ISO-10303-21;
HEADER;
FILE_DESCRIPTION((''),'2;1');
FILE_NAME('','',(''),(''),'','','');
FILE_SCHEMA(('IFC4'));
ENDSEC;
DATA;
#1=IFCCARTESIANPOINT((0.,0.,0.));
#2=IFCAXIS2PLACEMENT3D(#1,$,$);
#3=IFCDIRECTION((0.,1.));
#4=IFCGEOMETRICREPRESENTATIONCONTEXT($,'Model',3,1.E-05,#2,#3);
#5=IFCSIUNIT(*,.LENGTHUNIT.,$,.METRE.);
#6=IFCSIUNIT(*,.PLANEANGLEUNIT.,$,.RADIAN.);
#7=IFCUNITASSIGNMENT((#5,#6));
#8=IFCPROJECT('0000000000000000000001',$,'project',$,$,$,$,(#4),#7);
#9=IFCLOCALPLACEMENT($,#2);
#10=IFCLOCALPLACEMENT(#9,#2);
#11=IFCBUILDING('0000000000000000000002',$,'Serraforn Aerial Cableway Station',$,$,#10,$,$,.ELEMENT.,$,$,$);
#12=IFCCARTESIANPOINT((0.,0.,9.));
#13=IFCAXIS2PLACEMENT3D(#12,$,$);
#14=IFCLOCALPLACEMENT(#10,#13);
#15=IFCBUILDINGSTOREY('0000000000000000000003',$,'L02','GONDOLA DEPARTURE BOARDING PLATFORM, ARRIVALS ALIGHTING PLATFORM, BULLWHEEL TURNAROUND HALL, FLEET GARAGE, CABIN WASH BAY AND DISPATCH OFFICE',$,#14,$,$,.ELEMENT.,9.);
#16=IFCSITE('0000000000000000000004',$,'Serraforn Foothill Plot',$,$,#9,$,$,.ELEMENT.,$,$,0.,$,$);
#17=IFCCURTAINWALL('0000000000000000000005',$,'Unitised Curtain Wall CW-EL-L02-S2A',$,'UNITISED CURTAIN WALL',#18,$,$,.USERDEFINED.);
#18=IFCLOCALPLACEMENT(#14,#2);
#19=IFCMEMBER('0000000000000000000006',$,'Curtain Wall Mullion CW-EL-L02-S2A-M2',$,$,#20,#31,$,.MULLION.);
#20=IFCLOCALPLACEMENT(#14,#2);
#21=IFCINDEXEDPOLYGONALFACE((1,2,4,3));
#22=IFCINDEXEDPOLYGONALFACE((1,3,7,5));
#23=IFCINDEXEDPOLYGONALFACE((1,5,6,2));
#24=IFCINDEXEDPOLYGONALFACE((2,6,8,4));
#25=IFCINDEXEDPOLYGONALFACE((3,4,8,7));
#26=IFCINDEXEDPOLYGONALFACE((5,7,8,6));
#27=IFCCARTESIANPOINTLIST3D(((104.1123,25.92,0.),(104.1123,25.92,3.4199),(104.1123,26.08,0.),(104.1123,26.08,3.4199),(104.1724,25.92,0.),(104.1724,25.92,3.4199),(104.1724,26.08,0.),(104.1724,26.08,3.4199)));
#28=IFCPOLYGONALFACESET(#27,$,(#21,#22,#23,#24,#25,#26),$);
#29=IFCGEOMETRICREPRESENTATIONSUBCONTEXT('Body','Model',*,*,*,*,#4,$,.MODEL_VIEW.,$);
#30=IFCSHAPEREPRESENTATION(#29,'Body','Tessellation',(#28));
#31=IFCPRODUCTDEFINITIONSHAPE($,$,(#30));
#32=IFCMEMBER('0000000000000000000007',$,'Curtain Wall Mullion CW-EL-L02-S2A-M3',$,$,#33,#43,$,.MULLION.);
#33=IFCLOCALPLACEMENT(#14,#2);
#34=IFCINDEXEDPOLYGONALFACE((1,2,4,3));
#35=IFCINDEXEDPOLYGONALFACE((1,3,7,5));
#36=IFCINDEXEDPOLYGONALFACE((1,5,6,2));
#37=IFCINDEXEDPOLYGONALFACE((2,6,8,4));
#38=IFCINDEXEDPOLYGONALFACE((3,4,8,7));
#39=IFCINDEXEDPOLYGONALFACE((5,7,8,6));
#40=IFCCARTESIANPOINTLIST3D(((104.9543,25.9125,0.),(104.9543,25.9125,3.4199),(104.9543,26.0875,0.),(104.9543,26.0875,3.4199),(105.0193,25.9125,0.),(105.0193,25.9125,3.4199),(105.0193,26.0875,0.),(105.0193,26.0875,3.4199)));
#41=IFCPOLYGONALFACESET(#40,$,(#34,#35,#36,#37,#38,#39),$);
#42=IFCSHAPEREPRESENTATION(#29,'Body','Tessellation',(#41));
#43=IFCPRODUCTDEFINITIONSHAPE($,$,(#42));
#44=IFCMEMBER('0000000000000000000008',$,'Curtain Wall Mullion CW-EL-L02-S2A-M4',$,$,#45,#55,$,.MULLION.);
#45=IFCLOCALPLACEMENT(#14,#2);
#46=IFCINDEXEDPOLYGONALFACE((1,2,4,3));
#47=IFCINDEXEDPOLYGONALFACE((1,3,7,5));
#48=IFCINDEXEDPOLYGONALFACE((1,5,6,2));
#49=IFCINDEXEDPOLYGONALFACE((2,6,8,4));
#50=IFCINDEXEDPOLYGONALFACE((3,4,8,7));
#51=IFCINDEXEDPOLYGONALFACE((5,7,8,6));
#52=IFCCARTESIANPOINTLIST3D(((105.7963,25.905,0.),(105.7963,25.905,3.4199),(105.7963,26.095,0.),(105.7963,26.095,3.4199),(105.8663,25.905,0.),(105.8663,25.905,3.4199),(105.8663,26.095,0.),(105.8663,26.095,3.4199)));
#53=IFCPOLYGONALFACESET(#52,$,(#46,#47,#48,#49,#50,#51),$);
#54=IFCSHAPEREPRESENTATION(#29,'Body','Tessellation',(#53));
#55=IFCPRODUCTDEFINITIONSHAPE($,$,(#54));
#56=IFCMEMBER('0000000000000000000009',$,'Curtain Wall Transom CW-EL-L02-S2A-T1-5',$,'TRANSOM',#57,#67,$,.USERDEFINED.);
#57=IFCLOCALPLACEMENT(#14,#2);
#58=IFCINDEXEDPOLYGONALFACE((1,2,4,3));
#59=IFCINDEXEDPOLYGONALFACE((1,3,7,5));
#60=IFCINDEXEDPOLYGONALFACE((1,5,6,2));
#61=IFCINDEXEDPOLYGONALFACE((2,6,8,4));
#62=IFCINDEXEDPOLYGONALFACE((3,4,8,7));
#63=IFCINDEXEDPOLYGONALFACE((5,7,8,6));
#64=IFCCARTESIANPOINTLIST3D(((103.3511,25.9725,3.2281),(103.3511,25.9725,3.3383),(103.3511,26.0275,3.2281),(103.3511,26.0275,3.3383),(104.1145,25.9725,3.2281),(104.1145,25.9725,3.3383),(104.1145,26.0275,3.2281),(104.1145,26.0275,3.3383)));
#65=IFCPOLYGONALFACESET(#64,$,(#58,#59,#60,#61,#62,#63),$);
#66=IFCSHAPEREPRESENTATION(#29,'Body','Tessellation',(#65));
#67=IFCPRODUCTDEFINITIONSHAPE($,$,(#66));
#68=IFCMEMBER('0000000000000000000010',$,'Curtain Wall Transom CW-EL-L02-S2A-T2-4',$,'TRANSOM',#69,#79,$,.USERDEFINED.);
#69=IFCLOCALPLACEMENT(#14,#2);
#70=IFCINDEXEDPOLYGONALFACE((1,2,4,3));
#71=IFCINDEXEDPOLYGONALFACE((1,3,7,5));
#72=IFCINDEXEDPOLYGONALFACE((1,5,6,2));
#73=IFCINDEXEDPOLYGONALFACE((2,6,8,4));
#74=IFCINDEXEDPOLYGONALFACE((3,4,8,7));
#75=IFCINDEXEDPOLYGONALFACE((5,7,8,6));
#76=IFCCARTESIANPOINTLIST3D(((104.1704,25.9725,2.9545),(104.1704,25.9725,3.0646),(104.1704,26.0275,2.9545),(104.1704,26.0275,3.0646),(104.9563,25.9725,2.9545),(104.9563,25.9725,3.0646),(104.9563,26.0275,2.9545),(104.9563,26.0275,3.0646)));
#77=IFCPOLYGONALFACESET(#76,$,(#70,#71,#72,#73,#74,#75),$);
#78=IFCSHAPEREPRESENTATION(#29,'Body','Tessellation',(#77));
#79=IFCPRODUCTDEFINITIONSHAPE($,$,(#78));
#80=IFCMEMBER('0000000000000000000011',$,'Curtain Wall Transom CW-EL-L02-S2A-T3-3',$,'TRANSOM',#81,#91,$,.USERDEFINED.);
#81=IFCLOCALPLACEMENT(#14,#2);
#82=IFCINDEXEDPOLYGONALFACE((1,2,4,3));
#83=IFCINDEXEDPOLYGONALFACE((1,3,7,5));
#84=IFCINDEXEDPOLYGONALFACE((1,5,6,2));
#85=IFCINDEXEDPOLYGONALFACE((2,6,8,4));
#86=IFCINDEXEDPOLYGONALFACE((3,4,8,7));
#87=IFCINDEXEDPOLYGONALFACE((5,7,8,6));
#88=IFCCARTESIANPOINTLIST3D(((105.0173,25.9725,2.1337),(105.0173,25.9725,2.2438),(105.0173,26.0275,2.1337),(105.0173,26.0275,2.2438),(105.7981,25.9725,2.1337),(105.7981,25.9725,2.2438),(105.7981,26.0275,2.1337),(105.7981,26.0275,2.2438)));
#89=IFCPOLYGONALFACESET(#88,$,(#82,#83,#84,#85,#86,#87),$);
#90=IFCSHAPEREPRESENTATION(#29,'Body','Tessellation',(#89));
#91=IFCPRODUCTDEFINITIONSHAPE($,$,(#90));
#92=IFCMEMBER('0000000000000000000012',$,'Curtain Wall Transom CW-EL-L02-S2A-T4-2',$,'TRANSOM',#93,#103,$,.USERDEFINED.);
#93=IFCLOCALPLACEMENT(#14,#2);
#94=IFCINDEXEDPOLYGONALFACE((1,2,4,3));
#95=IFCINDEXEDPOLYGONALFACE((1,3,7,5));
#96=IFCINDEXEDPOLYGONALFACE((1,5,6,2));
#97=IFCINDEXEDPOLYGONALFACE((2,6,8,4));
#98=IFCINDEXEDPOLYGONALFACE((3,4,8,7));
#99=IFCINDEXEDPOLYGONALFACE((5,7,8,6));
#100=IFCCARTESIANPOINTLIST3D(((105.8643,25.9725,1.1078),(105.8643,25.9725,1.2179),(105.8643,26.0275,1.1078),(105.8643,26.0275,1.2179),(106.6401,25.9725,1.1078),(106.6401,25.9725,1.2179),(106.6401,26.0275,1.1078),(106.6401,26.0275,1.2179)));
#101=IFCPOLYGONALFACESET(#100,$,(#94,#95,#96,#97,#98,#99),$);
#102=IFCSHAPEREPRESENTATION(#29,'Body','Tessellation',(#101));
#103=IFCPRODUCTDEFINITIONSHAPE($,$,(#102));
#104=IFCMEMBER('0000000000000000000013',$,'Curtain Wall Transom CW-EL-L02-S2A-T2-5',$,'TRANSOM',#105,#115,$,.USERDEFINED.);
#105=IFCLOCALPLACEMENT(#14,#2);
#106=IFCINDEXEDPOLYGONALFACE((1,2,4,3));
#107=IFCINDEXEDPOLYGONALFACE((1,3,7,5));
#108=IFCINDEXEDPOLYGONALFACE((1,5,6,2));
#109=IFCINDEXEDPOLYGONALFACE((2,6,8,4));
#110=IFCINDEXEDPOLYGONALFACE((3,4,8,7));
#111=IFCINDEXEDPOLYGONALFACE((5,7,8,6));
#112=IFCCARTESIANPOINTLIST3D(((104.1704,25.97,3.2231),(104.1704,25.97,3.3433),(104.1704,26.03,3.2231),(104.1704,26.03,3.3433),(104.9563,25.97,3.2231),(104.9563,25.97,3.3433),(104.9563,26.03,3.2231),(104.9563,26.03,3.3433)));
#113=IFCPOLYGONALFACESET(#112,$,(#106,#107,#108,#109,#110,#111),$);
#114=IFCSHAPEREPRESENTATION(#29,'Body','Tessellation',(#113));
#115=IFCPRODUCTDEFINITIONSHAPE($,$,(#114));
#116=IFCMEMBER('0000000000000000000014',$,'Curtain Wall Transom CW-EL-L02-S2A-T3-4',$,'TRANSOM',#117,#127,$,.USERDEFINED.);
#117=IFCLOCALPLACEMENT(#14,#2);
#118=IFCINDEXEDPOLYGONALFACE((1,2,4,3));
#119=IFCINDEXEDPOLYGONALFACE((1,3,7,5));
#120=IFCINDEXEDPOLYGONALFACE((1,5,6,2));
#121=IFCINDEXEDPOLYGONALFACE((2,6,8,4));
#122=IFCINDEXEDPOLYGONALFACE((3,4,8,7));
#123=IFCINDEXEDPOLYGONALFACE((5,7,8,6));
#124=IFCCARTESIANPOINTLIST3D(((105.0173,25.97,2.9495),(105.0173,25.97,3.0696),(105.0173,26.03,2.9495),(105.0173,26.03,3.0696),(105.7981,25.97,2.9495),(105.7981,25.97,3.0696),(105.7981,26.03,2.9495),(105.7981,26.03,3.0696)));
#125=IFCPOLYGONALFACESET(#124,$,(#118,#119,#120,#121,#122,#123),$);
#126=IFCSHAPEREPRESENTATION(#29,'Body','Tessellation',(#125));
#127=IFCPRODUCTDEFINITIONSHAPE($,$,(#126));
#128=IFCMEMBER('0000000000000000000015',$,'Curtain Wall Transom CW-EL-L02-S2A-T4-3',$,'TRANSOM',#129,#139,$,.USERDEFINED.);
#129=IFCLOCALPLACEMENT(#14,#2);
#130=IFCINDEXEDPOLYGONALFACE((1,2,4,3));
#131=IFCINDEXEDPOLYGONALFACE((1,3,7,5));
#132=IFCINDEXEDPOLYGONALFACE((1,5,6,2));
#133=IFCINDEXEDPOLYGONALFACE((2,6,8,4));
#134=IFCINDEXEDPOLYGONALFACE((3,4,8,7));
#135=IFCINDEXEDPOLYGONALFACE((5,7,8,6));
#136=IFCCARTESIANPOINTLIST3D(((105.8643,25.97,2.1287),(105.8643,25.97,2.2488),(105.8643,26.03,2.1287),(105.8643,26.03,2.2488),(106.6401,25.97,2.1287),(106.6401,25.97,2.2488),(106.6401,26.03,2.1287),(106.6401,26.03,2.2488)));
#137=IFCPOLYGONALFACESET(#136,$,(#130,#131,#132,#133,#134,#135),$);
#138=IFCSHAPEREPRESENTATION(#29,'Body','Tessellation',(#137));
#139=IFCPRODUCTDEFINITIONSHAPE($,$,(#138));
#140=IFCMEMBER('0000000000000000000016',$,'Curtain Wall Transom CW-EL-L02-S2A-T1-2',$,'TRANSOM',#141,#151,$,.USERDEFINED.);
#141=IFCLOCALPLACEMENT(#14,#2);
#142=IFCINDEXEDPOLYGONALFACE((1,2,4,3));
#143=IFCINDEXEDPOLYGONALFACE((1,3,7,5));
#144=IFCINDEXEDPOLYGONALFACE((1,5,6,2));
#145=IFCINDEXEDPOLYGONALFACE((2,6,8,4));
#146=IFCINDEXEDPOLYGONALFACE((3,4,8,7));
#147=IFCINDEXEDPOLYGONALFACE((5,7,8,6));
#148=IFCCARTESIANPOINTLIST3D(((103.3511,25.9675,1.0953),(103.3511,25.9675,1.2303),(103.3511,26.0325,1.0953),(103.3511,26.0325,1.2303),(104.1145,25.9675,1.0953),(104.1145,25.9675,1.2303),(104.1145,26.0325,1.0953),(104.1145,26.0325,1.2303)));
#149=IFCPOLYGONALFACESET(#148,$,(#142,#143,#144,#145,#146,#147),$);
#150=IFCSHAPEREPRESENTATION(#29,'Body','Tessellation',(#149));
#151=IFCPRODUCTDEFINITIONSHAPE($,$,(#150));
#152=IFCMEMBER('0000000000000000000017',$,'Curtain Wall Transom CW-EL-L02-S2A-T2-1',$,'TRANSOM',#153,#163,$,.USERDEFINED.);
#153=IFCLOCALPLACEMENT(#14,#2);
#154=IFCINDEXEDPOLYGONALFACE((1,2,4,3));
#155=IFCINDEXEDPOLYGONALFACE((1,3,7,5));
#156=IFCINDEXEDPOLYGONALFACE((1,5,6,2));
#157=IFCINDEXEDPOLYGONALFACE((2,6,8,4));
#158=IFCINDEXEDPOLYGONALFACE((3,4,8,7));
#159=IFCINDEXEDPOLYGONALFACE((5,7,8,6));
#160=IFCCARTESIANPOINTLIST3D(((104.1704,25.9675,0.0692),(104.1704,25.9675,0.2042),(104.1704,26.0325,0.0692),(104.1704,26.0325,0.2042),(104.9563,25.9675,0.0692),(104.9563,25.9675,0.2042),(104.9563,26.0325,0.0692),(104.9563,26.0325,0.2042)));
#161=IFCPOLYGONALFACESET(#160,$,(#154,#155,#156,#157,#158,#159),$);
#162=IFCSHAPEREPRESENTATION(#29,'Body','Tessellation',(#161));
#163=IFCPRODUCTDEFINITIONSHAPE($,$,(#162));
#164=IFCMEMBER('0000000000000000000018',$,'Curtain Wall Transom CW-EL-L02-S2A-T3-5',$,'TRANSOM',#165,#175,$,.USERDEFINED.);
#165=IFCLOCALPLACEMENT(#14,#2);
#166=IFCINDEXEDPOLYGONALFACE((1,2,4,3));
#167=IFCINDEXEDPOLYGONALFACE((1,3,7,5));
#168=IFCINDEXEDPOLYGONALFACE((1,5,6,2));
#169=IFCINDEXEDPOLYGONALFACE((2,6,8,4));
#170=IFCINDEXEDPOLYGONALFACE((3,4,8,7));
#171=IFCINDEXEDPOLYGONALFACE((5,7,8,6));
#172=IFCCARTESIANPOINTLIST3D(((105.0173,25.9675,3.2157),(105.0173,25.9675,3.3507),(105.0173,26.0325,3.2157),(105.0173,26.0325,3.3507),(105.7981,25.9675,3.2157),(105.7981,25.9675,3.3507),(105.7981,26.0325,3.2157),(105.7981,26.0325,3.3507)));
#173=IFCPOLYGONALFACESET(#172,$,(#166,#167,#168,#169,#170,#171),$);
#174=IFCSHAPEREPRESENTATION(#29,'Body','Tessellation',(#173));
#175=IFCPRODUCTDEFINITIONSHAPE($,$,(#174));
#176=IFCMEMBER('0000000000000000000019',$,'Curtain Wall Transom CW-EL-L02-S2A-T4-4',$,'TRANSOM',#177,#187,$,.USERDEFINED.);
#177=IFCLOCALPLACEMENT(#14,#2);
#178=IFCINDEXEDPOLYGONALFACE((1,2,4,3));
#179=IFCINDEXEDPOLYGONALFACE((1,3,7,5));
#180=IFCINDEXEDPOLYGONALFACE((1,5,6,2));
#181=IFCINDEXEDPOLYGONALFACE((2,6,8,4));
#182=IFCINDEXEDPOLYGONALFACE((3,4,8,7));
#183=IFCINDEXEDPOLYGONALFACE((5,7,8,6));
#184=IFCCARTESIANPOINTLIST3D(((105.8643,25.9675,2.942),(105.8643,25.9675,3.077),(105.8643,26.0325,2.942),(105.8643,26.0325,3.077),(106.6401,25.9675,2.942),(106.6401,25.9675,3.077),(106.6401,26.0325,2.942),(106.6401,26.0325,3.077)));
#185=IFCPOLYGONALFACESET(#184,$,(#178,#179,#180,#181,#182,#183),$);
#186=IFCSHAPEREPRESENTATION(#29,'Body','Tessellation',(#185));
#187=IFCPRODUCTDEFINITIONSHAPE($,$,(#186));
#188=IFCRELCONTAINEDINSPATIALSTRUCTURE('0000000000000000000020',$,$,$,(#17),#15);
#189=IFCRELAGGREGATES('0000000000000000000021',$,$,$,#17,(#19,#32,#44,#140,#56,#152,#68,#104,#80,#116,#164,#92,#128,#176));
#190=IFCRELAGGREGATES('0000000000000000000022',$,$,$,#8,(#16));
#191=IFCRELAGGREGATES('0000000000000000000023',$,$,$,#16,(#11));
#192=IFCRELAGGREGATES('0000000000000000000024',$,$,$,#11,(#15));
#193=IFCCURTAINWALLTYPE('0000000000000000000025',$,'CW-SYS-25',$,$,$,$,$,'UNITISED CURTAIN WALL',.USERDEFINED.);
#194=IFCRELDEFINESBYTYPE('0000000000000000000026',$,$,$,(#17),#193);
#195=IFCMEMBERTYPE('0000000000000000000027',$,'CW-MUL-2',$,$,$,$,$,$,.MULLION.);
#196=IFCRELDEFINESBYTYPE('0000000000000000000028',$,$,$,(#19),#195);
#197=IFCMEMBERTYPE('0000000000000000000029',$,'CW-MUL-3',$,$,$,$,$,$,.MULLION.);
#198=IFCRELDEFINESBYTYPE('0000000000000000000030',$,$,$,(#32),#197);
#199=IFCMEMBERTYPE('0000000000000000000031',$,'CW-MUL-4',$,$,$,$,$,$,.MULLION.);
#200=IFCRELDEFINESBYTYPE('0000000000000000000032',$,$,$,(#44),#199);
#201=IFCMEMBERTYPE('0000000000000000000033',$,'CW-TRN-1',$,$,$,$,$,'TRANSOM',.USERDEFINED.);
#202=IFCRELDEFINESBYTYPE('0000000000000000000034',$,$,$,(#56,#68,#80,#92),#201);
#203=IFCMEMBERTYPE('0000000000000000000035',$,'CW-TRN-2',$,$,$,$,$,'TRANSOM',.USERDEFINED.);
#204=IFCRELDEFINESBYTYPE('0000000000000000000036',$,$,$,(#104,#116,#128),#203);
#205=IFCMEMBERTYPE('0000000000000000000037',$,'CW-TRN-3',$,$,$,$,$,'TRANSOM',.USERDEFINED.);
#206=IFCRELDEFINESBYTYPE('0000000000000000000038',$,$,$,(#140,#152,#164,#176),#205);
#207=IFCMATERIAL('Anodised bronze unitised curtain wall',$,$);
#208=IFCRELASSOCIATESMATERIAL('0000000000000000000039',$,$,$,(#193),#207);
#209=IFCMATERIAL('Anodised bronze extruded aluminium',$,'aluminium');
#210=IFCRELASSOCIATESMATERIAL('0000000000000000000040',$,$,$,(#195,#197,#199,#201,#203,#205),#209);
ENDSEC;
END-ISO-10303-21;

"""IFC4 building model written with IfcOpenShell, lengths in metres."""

from ifc_helpers import new_model, si_unit, direction, frame, origin, origin_2d, place, context, subcontext, project, spatial, rectangle, extrude, material, material_profile, profile_set, type_object, element, aggregate, save


model = new_model("IFC4")

# Units and contexts
model_context = context("Model", 3, precision=1e-05, world=origin(), true_north=direction((0.0, 1.0)))
body_context = subcontext(model_context, "Body", "Model", "MODEL_VIEW")
ifc_project = project(units=[si_unit("LENGTHUNIT", "METRE"), si_unit("PLANEANGLEUNIT", "RADIAN")], contexts=[model_context])

# Site, building, storey
site_placement = place(None, origin())
site = spatial("IfcSite", under=ifc_project, at=site_placement, Name="Serraforn Foothill Plot", CompositionType="ELEMENT", RefElevation=0.0)
building_placement = place(site_placement, origin())
building = spatial("IfcBuilding", under=site, at=building_placement, Name="Serraforn Aerial Cableway Station", CompositionType="ELEMENT")
storey_placement = place(building_placement, frame((0.0, 0.0, 9.0)))
storey = spatial("IfcBuildingStorey", under=building, at=storey_placement, Name="L02", Description="GONDOLA DEPARTURE BOARDING PLATFORM, ARRIVALS ALIGHTING PLATFORM, BULLWHEEL TURNAROUND HALL, FLEET GARAGE, CABIN WASH BAY AND DISPATCH OFFICE", CompositionType="ELEMENT", Elevation=9.0)

# Curtain wall, members
ifc_material_1 = material(Name="Anodised bronze unitised curtain wall")
curtain_wall_type = type_object("IfcCurtainWallType", Name="CW-SYS-25", ElementType="UNITISED CURTAIN WALL", PredefinedType="USERDEFINED", material=ifc_material_1)
curtain_wall_placement = place(storey_placement, origin())
curtain_wall = element("IfcCurtainWall", 1, at=curtain_wall_placement, inside=storey, type_object=curtain_wall_type, Name="Unitised Curtain Wall CW-EL-L02-S2A", ObjectType="UNITISED CURTAIN WALL", PredefinedType="USERDEFINED")
ifc_material_2 = material(Name="Anodised bronze extruded aluminium", Category="aluminium")
ifc_material_profile_1 = material_profile(ifc_material_2, rectangle(XDim=0.0601, YDim=0.1599, at=origin_2d()), Name="CW MULLION 60x160")
ifc_profile_set_1 = profile_set([ifc_material_profile_1], Name="Anodised bronze extruded aluminium")
member_type_1 = type_object("IfcMemberType", Name="CW-MUL-2", PredefinedType="MULLION", material=ifc_profile_set_1)
member_1_placement = place(storey_placement, frame((104.1423, 26.0, 0.0), z_axis=(0.0, 0.0, 1.0), x_axis=(1.0, 0.0, 0.0)))
member_1 = element("IfcMember", 2, at=member_1_placement, type_object=member_type_1, Name="Curtain Wall Mullion CW-EL-L02-S2A-M2", PredefinedType="MULLION", context=body_context, shape_type="SweptSolid", body=[
    extrude(rectangle(XDim=0.0601, YDim=0.1599, at=origin_2d()), origin(), (0.0, 0.0, 1.0), 3.4199),
])
ifc_material_profile_2 = material_profile(ifc_material_2, rectangle(XDim=0.0649, YDim=0.175, at=origin_2d()), Name="CW MULLION 65x175")
ifc_profile_set_2 = profile_set([ifc_material_profile_2], Name="Anodised bronze extruded aluminium")
member_type_2 = type_object("IfcMemberType", Name="CW-MUL-3", PredefinedType="MULLION", material=ifc_profile_set_2)
member_2_placement = place(storey_placement, frame((104.9868, 26.0, 0.0), z_axis=(0.0, 0.0, 1.0), x_axis=(1.0, 0.0, 0.0)))
member_2 = element("IfcMember", 3, at=member_2_placement, type_object=member_type_2, Name="Curtain Wall Mullion CW-EL-L02-S2A-M3", PredefinedType="MULLION", context=body_context, shape_type="SweptSolid", body=[
    extrude(rectangle(XDim=0.0649, YDim=0.175, at=origin_2d()), origin(), (0.0, 0.0, 1.0), 3.4199),
])
ifc_material_profile_3 = material_profile(ifc_material_2, rectangle(XDim=0.0701, YDim=0.1899, at=origin_2d()), Name="CW MULLION 70x190")
ifc_profile_set_3 = profile_set([ifc_material_profile_3], Name="Anodised bronze extruded aluminium")
member_type_3 = type_object("IfcMemberType", Name="CW-MUL-4", PredefinedType="MULLION", material=ifc_profile_set_3)
member_3_placement = place(storey_placement, frame((105.8313, 26.0, 0.0), z_axis=(0.0, 0.0, 1.0), x_axis=(1.0, 0.0, 0.0)))
member_3 = element("IfcMember", 4, at=member_3_placement, type_object=member_type_3, Name="Curtain Wall Mullion CW-EL-L02-S2A-M4", PredefinedType="MULLION", context=body_context, shape_type="SweptSolid", body=[
    extrude(rectangle(XDim=0.0701, YDim=0.1899, at=origin_2d()), origin(), (0.0, 0.0, 1.0), 3.4199),
])
ifc_material_profile_4 = material_profile(ifc_material_2, rectangle(XDim=0.0549, YDim=0.1101, at=origin_2d()), Name="CW TRANSOM 55x110")
ifc_profile_set_4 = profile_set([ifc_material_profile_4], Name="Anodised bronze extruded aluminium")
member_type_4 = type_object("IfcMemberType", Name="CW-TRN-1", ElementType="TRANSOM", PredefinedType="USERDEFINED", material=ifc_profile_set_4)
member_4_placement = place(storey_placement, frame((103.3511, 26.0, 3.2832), z_axis=(1.0, 0.0, 0.0), x_axis=(0.0, 1.0, 0.0)))
member_4 = element("IfcMember", 5, at=member_4_placement, type_object=member_type_4, Name="Curtain Wall Transom CW-EL-L02-S2A-T1-5", ObjectType="TRANSOM", PredefinedType="USERDEFINED", context=body_context, shape_type="SweptSolid", body=[
    extrude(rectangle(XDim=0.0549, YDim=0.1101, at=origin_2d()), origin(), (0.0, 0.0, 1.0), 0.7634),
])
member_5_placement = place(storey_placement, frame((104.1704, 26.0, 3.0095), z_axis=(1.0, 0.0, 0.0), x_axis=(0.0, 1.0, 0.0)))
member_5 = element("IfcMember", 6, at=member_5_placement, type_object=member_type_4, Name="Curtain Wall Transom CW-EL-L02-S2A-T2-4", ObjectType="TRANSOM", PredefinedType="USERDEFINED", context=body_context, shape_type="SweptSolid", body=[
    extrude(rectangle(XDim=0.0549, YDim=0.1101, at=origin_2d()), origin(), (0.0, 0.0, 1.0), 0.7859),
])
member_6_placement = place(storey_placement, frame((105.0173, 26.0, 2.1887), z_axis=(1.0, 0.0, 0.0), x_axis=(0.0, 1.0, 0.0)))
member_6 = element("IfcMember", 7, at=member_6_placement, type_object=member_type_4, Name="Curtain Wall Transom CW-EL-L02-S2A-T3-3", ObjectType="TRANSOM", PredefinedType="USERDEFINED", context=body_context, shape_type="SweptSolid", body=[
    extrude(rectangle(XDim=0.0549, YDim=0.1101, at=origin_2d()), origin(), (0.0, 0.0, 1.0), 0.7808),
])
member_7_placement = place(storey_placement, frame((105.8643, 26.0, 1.1628), z_axis=(1.0, 0.0, 0.0), x_axis=(0.0, 1.0, 0.0)))
member_7 = element("IfcMember", 8, at=member_7_placement, type_object=member_type_4, Name="Curtain Wall Transom CW-EL-L02-S2A-T4-2", ObjectType="TRANSOM", PredefinedType="USERDEFINED", context=body_context, shape_type="SweptSolid", body=[
    extrude(rectangle(XDim=0.0549, YDim=0.1101, at=origin_2d()), origin(), (0.0, 0.0, 1.0), 0.7759),
])
ifc_material_profile_5 = material_profile(ifc_material_2, rectangle(XDim=0.0601, YDim=0.1201, at=origin_2d()), Name="CW TRANSOM 60x120")
ifc_profile_set_5 = profile_set([ifc_material_profile_5], Name="Anodised bronze extruded aluminium")
member_type_5 = type_object("IfcMemberType", Name="CW-TRN-2", ElementType="TRANSOM", PredefinedType="USERDEFINED", material=ifc_profile_set_5)
member_8_placement = place(storey_placement, frame((104.1704, 26.0, 3.2832), z_axis=(1.0, 0.0, 0.0), x_axis=(0.0, 1.0, 0.0)))
member_8 = element("IfcMember", 9, at=member_8_placement, type_object=member_type_5, Name="Curtain Wall Transom CW-EL-L02-S2A-T2-5", ObjectType="TRANSOM", PredefinedType="USERDEFINED", context=body_context, shape_type="SweptSolid", body=[
    extrude(rectangle(XDim=0.0601, YDim=0.1201, at=origin_2d()), origin(), (0.0, 0.0, 1.0), 0.7859),
])
member_9_placement = place(storey_placement, frame((105.0173, 26.0, 3.0095), z_axis=(1.0, 0.0, 0.0), x_axis=(0.0, 1.0, 0.0)))
member_9 = element("IfcMember", 10, at=member_9_placement, type_object=member_type_5, Name="Curtain Wall Transom CW-EL-L02-S2A-T3-4", ObjectType="TRANSOM", PredefinedType="USERDEFINED", context=body_context, shape_type="SweptSolid", body=[
    extrude(rectangle(XDim=0.0601, YDim=0.1201, at=origin_2d()), origin(), (0.0, 0.0, 1.0), 0.7808),
])
member_10_placement = place(storey_placement, frame((105.8643, 26.0, 2.1887), z_axis=(1.0, 0.0, 0.0), x_axis=(0.0, 1.0, 0.0)))
member_10 = element("IfcMember", 11, at=member_10_placement, type_object=member_type_5, Name="Curtain Wall Transom CW-EL-L02-S2A-T4-3", ObjectType="TRANSOM", PredefinedType="USERDEFINED", context=body_context, shape_type="SweptSolid", body=[
    extrude(rectangle(XDim=0.0601, YDim=0.1201, at=origin_2d()), origin(), (0.0, 0.0, 1.0), 0.7759),
])
ifc_material_profile_6 = material_profile(ifc_material_2, rectangle(XDim=0.0649, YDim=0.135, at=origin_2d()), Name="CW TRANSOM 65x135")
ifc_profile_set_6 = profile_set([ifc_material_profile_6], Name="Anodised bronze extruded aluminium")
member_type_6 = type_object("IfcMemberType", Name="CW-TRN-3", ElementType="TRANSOM", PredefinedType="USERDEFINED", material=ifc_profile_set_6)
member_11_placement = place(storey_placement, frame((103.3511, 26.0, 1.1628), z_axis=(1.0, 0.0, 0.0), x_axis=(0.0, 1.0, 0.0)))
member_11 = element("IfcMember", 12, at=member_11_placement, type_object=member_type_6, Name="Curtain Wall Transom CW-EL-L02-S2A-T1-2", ObjectType="TRANSOM", PredefinedType="USERDEFINED", context=body_context, shape_type="SweptSolid", body=[
    extrude(rectangle(XDim=0.0649, YDim=0.135, at=origin_2d()), origin(), (0.0, 0.0, 1.0), 0.7634),
])
member_12_placement = place(storey_placement, frame((104.1704, 26.0, 0.1367), z_axis=(1.0, 0.0, 0.0), x_axis=(0.0, 1.0, 0.0)))
member_12 = element("IfcMember", 13, at=member_12_placement, type_object=member_type_6, Name="Curtain Wall Transom CW-EL-L02-S2A-T2-1", ObjectType="TRANSOM", PredefinedType="USERDEFINED", context=body_context, shape_type="SweptSolid", body=[
    extrude(rectangle(XDim=0.0649, YDim=0.135, at=origin_2d()), origin(), (0.0, 0.0, 1.0), 0.7859),
])
member_13_placement = place(storey_placement, frame((105.0173, 26.0, 3.2832), z_axis=(1.0, 0.0, 0.0), x_axis=(0.0, 1.0, 0.0)))
member_13 = element("IfcMember", 14, at=member_13_placement, type_object=member_type_6, Name="Curtain Wall Transom CW-EL-L02-S2A-T3-5", ObjectType="TRANSOM", PredefinedType="USERDEFINED", context=body_context, shape_type="SweptSolid", body=[
    extrude(rectangle(XDim=0.0649, YDim=0.135, at=origin_2d()), origin(), (0.0, 0.0, 1.0), 0.7808),
])
member_14_placement = place(storey_placement, frame((105.8643, 26.0, 3.0095), z_axis=(1.0, 0.0, 0.0), x_axis=(0.0, 1.0, 0.0)))
member_14 = element("IfcMember", 15, at=member_14_placement, type_object=member_type_6, Name="Curtain Wall Transom CW-EL-L02-S2A-T4-4", ObjectType="TRANSOM", PredefinedType="USERDEFINED", context=body_context, shape_type="SweptSolid", body=[
    extrude(rectangle(XDim=0.0649, YDim=0.135, at=origin_2d()), origin(), (0.0, 0.0, 1.0), 0.7759),
])
aggregate(curtain_wall, [member_1, member_2, member_3, member_11, member_4, member_12, member_5, member_8, member_6, member_9, member_13, member_7, member_10, member_14])

save(model, "model.ifc")
